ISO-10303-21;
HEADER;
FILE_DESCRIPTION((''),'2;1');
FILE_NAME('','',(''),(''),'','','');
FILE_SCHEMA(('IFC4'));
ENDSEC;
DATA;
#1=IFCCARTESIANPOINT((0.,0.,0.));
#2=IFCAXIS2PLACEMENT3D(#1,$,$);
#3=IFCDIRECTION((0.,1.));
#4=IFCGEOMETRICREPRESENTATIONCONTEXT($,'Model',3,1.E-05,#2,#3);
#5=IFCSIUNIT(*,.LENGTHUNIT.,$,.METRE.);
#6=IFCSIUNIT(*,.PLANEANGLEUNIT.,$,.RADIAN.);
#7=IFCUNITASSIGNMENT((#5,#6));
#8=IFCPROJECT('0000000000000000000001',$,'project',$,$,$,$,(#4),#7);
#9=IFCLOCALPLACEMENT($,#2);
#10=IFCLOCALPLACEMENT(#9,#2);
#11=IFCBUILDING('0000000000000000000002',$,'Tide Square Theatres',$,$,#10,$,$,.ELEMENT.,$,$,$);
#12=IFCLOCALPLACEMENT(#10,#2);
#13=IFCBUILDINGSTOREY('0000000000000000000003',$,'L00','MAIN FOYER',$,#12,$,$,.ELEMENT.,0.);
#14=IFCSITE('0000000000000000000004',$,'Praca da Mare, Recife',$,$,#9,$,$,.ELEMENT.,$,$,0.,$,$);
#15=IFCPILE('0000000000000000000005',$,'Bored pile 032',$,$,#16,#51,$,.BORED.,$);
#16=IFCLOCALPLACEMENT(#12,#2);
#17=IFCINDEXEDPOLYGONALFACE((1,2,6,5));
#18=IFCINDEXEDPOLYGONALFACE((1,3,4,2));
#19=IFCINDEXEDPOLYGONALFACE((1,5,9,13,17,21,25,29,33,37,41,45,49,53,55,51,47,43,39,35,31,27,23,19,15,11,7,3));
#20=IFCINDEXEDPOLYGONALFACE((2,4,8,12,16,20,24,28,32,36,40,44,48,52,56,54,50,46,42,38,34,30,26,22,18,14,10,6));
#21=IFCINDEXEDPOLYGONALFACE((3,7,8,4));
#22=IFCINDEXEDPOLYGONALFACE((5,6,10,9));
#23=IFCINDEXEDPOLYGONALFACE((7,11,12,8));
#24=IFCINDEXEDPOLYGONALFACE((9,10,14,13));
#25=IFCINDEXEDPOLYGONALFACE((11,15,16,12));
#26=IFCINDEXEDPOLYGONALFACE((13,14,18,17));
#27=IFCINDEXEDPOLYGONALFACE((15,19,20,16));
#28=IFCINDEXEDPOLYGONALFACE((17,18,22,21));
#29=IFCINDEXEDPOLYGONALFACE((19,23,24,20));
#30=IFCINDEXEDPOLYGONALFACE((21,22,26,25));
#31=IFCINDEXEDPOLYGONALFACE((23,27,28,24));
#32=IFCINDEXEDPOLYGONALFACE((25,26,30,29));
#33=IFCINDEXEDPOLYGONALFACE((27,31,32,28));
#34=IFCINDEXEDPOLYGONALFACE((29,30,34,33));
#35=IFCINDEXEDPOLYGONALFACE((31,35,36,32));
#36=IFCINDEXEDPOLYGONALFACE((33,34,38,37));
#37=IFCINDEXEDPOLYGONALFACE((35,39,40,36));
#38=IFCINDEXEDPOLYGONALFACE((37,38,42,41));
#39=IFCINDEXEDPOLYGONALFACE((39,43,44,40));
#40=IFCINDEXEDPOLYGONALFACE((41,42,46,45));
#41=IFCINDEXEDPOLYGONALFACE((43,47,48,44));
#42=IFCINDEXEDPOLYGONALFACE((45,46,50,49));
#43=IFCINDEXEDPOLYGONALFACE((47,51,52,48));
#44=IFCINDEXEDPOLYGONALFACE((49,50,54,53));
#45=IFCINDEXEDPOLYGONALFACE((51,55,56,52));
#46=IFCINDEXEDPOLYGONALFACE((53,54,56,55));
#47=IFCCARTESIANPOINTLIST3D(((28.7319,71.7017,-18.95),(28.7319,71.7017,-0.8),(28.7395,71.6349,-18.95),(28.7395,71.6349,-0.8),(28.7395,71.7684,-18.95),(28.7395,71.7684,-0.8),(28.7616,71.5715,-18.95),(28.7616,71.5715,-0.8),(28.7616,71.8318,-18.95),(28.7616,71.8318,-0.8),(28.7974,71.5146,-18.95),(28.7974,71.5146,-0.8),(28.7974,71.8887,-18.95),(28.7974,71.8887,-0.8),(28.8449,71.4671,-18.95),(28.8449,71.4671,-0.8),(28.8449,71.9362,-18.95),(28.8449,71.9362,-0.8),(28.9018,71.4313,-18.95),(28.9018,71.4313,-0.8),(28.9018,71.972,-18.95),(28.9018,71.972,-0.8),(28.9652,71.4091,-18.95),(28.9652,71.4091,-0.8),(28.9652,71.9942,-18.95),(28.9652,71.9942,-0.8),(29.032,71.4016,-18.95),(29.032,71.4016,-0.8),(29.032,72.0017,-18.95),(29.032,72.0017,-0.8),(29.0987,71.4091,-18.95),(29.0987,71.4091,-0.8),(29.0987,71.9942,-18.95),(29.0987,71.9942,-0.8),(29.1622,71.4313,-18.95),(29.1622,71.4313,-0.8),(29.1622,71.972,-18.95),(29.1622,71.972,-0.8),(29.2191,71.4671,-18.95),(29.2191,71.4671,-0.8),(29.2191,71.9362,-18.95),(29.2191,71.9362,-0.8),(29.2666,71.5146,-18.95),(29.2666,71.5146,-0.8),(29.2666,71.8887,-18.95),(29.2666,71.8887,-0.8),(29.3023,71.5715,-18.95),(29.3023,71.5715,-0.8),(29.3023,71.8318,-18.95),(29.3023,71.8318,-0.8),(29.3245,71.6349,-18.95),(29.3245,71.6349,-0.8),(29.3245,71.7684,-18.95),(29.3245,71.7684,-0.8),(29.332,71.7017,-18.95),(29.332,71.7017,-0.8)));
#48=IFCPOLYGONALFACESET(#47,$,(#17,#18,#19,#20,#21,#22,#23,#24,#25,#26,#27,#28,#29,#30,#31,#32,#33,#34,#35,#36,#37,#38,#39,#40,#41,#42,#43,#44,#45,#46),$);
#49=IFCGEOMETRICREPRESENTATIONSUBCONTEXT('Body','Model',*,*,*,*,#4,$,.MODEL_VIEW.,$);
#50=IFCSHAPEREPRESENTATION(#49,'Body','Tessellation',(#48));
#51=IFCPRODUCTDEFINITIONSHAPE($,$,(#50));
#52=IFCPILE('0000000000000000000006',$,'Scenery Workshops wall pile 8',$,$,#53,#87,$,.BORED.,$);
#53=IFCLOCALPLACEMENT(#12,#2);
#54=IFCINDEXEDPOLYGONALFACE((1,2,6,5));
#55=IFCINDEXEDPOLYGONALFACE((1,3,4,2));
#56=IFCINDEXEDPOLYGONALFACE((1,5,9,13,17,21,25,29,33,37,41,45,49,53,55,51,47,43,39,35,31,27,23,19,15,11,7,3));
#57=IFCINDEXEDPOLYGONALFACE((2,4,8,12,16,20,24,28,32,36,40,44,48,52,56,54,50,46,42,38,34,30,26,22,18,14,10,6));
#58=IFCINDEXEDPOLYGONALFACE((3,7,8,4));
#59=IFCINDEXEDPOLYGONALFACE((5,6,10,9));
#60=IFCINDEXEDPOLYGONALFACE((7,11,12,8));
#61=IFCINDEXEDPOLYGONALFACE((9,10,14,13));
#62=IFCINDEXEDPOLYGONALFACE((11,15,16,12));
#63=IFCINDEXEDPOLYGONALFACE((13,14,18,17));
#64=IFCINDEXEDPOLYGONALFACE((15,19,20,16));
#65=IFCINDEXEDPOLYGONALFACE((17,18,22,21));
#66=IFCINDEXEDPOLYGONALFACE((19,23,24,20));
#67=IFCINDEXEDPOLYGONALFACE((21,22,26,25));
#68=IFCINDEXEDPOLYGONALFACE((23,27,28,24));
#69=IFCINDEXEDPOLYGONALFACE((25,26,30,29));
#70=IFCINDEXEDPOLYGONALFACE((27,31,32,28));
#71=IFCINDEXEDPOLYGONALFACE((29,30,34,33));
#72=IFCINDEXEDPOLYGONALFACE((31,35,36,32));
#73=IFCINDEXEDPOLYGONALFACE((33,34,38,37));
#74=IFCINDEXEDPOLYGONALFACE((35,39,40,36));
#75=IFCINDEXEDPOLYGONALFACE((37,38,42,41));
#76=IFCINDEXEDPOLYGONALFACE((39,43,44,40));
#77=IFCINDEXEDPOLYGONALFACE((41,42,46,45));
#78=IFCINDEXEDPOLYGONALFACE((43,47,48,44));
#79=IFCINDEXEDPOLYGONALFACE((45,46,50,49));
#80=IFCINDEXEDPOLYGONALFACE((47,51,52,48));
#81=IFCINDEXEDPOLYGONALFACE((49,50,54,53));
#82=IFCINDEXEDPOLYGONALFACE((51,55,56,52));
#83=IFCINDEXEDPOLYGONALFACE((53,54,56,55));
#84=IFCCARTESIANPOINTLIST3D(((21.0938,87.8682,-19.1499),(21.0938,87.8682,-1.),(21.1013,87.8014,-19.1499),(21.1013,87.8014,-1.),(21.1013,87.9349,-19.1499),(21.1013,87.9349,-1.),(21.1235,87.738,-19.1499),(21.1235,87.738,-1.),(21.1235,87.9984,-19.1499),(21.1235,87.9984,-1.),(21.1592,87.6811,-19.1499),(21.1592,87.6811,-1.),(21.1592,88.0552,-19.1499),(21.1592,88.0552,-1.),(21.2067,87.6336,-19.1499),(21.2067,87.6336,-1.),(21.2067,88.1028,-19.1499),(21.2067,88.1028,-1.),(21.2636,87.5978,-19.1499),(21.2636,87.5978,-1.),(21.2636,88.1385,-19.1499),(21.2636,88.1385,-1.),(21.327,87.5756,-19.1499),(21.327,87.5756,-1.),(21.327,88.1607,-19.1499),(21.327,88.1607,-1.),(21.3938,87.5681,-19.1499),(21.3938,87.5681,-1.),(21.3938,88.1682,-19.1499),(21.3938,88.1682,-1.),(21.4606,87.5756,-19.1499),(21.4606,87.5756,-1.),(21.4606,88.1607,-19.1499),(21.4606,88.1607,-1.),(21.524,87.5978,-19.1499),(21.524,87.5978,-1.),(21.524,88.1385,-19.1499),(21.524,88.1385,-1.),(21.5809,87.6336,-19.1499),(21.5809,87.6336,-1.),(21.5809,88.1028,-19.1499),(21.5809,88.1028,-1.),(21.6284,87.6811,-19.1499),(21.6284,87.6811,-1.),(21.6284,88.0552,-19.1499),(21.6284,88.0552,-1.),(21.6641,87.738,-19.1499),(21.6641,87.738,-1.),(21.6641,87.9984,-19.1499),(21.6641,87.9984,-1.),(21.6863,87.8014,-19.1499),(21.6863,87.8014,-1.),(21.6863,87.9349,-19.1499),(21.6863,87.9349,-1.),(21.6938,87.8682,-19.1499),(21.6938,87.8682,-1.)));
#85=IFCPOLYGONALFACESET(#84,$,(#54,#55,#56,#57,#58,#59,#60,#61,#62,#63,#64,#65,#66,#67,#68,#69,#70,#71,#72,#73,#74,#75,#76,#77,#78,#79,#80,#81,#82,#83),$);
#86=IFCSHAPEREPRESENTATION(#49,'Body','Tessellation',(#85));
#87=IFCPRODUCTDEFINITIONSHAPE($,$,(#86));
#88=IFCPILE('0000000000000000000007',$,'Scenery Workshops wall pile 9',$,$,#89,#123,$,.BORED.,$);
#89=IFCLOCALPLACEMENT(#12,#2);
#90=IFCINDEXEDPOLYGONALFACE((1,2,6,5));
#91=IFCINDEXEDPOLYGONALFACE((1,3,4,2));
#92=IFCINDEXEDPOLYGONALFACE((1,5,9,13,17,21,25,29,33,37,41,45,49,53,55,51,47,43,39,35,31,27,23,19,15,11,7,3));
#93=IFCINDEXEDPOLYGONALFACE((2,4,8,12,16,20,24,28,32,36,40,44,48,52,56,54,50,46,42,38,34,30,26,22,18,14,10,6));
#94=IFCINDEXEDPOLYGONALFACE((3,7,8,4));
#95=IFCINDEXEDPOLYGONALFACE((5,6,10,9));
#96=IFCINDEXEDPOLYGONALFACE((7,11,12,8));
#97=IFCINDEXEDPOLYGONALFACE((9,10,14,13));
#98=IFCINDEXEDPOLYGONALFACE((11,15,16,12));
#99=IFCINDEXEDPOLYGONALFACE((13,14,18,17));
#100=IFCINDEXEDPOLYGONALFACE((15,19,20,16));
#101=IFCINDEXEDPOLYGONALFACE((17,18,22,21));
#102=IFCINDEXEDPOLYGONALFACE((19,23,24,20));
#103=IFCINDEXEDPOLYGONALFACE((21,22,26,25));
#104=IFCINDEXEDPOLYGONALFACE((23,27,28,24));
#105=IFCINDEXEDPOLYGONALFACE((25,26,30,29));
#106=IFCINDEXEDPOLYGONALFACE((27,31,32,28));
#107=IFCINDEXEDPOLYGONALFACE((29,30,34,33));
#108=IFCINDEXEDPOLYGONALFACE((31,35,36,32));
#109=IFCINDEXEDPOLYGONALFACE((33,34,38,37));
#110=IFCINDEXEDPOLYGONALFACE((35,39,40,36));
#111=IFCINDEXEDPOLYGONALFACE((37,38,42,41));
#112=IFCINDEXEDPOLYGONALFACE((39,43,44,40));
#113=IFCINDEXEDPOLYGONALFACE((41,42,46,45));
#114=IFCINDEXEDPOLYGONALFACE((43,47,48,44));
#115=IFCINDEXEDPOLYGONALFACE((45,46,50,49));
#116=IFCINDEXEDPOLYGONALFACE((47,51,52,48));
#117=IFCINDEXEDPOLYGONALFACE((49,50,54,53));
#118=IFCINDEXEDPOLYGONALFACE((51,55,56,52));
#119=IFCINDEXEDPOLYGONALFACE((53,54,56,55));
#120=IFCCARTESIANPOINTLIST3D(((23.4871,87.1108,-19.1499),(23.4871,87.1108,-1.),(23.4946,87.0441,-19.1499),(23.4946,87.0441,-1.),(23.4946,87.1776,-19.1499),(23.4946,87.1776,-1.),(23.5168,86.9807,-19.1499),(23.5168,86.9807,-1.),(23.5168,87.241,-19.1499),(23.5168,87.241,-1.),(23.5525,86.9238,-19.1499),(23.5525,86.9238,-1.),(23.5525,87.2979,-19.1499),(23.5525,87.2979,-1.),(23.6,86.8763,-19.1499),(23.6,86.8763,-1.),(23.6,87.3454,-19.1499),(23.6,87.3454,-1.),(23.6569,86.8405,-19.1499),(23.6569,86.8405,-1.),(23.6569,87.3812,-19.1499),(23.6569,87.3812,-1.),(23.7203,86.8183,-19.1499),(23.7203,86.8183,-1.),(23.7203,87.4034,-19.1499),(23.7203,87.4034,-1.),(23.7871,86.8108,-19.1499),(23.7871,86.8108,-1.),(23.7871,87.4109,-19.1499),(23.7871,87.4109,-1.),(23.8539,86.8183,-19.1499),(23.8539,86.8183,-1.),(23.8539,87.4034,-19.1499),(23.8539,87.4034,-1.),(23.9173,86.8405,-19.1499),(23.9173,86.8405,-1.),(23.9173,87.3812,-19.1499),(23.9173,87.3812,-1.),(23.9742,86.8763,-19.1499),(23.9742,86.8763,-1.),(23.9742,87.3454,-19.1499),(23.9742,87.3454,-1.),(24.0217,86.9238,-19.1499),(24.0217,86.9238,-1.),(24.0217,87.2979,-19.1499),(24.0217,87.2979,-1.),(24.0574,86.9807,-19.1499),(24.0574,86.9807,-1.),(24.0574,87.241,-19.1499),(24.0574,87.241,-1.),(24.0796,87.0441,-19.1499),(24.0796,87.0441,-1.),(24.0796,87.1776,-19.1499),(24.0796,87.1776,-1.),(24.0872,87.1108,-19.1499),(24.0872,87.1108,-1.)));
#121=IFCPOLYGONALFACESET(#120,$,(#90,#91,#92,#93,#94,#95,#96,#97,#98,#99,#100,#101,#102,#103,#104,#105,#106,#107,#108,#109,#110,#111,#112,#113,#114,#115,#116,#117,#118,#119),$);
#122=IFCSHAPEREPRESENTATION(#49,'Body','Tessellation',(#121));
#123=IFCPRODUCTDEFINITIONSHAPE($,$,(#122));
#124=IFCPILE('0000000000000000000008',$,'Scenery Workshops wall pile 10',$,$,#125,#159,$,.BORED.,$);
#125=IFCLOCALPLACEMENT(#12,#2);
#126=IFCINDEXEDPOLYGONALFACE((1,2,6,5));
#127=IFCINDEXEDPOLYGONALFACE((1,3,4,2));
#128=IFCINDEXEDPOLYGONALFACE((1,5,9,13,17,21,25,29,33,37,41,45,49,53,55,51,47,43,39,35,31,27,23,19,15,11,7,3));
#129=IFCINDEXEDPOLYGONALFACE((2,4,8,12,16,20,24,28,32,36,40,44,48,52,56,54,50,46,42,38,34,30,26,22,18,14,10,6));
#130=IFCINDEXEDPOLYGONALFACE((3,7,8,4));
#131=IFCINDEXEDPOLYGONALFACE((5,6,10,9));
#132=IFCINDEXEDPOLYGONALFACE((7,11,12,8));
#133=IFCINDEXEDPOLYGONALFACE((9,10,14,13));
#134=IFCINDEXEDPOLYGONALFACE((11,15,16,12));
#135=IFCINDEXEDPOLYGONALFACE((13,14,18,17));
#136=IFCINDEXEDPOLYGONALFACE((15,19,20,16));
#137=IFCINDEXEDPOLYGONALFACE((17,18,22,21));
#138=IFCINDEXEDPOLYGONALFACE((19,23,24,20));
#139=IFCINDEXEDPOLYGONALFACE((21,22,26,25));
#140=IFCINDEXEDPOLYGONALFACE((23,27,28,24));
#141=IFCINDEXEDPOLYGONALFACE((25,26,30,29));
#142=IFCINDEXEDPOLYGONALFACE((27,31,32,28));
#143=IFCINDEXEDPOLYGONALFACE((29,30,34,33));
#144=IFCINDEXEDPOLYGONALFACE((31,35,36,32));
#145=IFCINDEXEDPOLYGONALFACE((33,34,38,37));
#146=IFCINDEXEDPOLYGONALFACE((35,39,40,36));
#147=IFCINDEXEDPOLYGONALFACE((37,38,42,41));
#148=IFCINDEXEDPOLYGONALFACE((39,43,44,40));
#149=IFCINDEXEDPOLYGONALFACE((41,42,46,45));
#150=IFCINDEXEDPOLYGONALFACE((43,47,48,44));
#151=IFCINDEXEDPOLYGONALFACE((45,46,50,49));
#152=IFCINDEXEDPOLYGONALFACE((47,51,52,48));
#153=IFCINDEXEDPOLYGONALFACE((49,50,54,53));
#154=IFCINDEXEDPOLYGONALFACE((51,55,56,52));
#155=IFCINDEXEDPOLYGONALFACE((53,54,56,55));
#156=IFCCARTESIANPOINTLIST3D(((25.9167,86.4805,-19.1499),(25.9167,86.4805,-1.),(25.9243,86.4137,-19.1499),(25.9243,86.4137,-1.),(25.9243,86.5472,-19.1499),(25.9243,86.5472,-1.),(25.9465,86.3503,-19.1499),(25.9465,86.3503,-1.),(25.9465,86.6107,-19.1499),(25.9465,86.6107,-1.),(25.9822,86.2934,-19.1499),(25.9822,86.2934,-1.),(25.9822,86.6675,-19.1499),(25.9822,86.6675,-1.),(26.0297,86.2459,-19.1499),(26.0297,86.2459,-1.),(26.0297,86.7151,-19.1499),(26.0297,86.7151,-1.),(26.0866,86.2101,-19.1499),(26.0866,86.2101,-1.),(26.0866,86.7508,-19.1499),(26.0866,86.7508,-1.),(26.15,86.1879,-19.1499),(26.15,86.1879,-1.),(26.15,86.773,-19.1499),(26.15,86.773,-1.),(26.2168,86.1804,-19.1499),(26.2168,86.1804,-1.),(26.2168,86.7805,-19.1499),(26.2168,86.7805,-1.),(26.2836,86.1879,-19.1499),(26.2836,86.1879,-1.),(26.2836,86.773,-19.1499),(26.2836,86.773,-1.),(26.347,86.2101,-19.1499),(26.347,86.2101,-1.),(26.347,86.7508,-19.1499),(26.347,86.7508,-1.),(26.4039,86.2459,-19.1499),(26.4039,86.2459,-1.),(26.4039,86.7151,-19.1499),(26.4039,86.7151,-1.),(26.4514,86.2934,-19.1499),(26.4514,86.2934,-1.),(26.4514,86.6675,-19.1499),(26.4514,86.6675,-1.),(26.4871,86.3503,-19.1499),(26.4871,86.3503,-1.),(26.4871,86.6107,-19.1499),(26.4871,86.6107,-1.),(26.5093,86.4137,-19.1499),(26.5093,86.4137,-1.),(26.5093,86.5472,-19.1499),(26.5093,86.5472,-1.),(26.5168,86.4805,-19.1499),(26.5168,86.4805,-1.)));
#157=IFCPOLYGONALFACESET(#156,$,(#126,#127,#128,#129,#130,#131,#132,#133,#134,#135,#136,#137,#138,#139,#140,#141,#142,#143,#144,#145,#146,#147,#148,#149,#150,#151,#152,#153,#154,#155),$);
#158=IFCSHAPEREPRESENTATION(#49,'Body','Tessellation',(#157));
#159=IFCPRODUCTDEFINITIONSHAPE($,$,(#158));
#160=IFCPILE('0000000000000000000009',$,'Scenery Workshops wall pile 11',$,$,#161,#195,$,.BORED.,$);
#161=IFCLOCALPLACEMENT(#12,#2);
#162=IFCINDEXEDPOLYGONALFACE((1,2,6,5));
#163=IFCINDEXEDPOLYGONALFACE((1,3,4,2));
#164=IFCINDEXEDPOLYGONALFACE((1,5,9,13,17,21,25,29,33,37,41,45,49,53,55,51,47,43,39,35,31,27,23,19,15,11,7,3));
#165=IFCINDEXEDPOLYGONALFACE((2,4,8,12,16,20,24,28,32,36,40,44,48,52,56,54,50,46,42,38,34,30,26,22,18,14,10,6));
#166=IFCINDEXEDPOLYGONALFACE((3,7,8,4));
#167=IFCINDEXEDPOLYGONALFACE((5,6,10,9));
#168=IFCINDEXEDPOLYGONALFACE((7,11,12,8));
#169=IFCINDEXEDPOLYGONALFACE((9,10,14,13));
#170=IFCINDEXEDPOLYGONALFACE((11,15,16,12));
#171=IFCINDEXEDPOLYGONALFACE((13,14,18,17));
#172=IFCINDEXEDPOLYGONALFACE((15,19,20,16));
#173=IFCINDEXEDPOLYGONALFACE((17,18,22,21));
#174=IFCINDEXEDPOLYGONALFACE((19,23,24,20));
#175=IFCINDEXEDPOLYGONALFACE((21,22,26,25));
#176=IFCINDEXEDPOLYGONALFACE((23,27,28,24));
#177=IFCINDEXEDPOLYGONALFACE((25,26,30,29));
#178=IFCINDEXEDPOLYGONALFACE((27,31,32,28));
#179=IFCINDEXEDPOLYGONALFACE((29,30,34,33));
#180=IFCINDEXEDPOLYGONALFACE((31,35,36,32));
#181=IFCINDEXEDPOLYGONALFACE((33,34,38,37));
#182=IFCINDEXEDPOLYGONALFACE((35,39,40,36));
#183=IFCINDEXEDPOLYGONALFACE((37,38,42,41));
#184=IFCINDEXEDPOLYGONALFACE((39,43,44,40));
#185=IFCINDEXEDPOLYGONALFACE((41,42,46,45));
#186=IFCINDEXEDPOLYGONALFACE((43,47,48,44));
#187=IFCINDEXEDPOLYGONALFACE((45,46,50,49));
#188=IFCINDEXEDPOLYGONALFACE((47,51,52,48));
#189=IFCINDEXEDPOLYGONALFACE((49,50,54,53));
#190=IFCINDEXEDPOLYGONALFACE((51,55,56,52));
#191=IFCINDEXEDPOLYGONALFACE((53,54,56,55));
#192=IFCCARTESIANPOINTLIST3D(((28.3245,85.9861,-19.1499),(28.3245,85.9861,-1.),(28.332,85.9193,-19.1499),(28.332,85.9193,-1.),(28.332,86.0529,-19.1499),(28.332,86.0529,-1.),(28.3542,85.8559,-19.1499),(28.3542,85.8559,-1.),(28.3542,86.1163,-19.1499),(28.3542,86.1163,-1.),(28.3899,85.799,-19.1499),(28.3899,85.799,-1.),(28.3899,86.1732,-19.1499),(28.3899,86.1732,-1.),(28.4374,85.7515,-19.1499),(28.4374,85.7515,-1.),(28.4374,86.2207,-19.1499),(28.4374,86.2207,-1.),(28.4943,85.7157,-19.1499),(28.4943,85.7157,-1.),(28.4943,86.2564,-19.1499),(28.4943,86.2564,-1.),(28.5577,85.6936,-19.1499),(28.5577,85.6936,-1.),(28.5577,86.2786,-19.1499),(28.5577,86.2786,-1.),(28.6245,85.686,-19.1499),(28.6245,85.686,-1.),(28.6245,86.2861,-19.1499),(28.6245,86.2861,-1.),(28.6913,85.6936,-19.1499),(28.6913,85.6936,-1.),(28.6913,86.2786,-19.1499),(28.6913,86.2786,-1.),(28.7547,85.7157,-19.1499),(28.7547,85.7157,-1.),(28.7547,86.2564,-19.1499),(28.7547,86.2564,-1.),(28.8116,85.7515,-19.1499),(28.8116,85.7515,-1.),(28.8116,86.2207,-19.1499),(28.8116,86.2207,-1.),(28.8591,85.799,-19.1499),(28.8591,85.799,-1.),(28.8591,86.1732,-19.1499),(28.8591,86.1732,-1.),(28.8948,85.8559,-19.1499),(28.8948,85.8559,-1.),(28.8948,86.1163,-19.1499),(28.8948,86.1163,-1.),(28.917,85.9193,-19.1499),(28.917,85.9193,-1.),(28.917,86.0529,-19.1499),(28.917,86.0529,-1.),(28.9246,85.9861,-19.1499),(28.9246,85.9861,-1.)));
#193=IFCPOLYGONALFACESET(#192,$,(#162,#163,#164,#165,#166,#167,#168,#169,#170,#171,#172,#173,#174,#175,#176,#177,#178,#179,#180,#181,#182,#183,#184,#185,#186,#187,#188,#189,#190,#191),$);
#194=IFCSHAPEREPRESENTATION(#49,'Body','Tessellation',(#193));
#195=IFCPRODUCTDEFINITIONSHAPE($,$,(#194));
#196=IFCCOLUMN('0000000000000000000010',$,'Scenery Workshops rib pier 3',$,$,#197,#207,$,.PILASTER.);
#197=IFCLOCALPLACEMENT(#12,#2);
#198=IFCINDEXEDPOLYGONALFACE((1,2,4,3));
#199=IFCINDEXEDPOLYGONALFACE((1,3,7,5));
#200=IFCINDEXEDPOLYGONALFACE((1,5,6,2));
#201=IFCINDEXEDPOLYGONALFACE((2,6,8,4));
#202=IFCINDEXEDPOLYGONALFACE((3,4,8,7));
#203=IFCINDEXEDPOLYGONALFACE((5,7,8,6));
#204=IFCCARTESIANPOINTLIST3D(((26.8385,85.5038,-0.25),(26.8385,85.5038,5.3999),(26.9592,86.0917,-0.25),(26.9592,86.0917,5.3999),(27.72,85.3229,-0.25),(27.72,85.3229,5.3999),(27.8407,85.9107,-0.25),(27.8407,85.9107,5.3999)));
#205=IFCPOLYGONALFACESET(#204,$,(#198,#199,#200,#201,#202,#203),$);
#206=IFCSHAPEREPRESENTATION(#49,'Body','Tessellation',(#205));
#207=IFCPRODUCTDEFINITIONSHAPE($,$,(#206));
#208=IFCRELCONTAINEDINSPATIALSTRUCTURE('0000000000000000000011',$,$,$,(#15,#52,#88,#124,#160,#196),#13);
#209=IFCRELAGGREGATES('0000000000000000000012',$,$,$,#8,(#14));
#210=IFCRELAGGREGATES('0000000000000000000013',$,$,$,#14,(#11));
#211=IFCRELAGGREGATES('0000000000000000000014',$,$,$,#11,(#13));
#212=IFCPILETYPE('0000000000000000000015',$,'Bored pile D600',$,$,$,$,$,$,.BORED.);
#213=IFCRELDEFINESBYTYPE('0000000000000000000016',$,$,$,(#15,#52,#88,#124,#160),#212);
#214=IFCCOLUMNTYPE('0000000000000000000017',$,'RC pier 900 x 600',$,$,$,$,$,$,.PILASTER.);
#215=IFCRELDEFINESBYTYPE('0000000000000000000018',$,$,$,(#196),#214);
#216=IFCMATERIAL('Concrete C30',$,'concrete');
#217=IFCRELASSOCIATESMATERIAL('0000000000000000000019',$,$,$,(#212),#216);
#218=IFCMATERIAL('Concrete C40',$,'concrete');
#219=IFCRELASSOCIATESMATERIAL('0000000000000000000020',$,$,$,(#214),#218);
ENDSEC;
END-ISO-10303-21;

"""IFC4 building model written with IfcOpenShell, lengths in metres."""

from ifc_helpers import new_model, si_unit, direction, frame, origin, origin_2d, place, context, subcontext, project, spatial, rectangle, circle, extrude, material, material_profile, profile_set, type_object, element, save


model = new_model("IFC4")

# Units and contexts
model_context = context("Model", 3, precision=1e-05, world=origin(), true_north=direction((0.0, 1.0)))
body_context = subcontext(model_context, "Body", "Model", "MODEL_VIEW")
ifc_project = project(units=[si_unit("LENGTHUNIT", "METRE"), si_unit("PLANEANGLEUNIT", "RADIAN")], contexts=[model_context])

# Site, building, storey
site_placement = place(None, origin())
site = spatial("IfcSite", under=ifc_project, at=site_placement, Name="Praca da Mare, Recife", CompositionType="ELEMENT", RefElevation=0.0)
building_placement = place(site_placement, origin())
building = spatial("IfcBuilding", under=site, at=building_placement, Name="Tide Square Theatres", CompositionType="ELEMENT")
storey_placement = place(building_placement, origin())
storey = spatial("IfcBuildingStorey", under=building, at=storey_placement, Name="L00", Description="MAIN FOYER", CompositionType="ELEMENT", Elevation=0.0)

# Piles
ifc_material_1 = material(Name="Concrete C30", Category="concrete")
ifc_material_profile_1 = material_profile(ifc_material_1, circle(Radius=0.3, at=origin_2d()))
ifc_profile_set_1 = profile_set([ifc_material_profile_1], Name="Concrete C30")
pile_type = type_object("IfcPileType", Name="Bored pile D600", PredefinedType="BORED", material=ifc_profile_set_1)
for number, where, z_axis, x_axis, name in (
    (1, (29.032, 71.7017, -0.8), (0.0, 0.0, -1.0), (1.0, 0.0, 0.0), "Bored pile 032"),
    (2, (21.3938, 87.8682, -1.0), (0.0, 0.0, -1.0), (1.0, 0.0, 0.0), "Scenery Workshops wall pile 8"),
    (3, (23.7871, 87.1108, -1.0), (0.0, 0.0, -1.0), (1.0, 0.0, 0.0), "Scenery Workshops wall pile 9"),
    (4, (26.2168, 86.4805, -1.0), (0.0, 0.0, -1.0), (1.0, 0.0, 0.0), "Scenery Workshops wall pile 10"),
    (5, (28.6245, 85.9861, -1.0), (0.0, 0.0, -1.0), (1.0, 0.0, 0.0), "Scenery Workshops wall pile 11"),
):
    element("IfcPile", number, at=place(storey_placement, frame(where, z_axis=z_axis, x_axis=x_axis)), inside=storey, type_object=pile_type, Name=name, PredefinedType="BORED", context=body_context, shape_type="SweptSolid", body=[
        extrude(circle(Radius=0.3, at=origin_2d()), origin(), (0.0, 0.0, 1.0), 18.1499),
    ])

# Column
ifc_material_2 = material(Name="Concrete C40", Category="concrete")
ifc_material_profile_2 = material_profile(ifc_material_2, rectangle(XDim=0.8999, YDim=0.6001, at=origin_2d()))
ifc_profile_set_2 = profile_set([ifc_material_profile_2], Name="Concrete C40")
column_type = type_object("IfcColumnType", Name="RC pier 900 x 600", PredefinedType="PILASTER", material=ifc_profile_set_2)
column_placement = place(storey_placement, frame((27.3396, 85.7073, -0.25), z_axis=(0.0, 0.0, 1.0), x_axis=(0.979575, -0.201079, 0.0)))
element("IfcColumn", 6, at=column_placement, inside=storey, type_object=column_type, Name="Scenery Workshops rib pier 3", PredefinedType="PILASTER", context=body_context, shape_type="SweptSolid", body=[
    extrude(rectangle(XDim=0.8999, YDim=0.6001, at=origin_2d()), origin(), (0.0, 0.0, 1.0), 5.6499),
])

save(model, "model.ifc")
